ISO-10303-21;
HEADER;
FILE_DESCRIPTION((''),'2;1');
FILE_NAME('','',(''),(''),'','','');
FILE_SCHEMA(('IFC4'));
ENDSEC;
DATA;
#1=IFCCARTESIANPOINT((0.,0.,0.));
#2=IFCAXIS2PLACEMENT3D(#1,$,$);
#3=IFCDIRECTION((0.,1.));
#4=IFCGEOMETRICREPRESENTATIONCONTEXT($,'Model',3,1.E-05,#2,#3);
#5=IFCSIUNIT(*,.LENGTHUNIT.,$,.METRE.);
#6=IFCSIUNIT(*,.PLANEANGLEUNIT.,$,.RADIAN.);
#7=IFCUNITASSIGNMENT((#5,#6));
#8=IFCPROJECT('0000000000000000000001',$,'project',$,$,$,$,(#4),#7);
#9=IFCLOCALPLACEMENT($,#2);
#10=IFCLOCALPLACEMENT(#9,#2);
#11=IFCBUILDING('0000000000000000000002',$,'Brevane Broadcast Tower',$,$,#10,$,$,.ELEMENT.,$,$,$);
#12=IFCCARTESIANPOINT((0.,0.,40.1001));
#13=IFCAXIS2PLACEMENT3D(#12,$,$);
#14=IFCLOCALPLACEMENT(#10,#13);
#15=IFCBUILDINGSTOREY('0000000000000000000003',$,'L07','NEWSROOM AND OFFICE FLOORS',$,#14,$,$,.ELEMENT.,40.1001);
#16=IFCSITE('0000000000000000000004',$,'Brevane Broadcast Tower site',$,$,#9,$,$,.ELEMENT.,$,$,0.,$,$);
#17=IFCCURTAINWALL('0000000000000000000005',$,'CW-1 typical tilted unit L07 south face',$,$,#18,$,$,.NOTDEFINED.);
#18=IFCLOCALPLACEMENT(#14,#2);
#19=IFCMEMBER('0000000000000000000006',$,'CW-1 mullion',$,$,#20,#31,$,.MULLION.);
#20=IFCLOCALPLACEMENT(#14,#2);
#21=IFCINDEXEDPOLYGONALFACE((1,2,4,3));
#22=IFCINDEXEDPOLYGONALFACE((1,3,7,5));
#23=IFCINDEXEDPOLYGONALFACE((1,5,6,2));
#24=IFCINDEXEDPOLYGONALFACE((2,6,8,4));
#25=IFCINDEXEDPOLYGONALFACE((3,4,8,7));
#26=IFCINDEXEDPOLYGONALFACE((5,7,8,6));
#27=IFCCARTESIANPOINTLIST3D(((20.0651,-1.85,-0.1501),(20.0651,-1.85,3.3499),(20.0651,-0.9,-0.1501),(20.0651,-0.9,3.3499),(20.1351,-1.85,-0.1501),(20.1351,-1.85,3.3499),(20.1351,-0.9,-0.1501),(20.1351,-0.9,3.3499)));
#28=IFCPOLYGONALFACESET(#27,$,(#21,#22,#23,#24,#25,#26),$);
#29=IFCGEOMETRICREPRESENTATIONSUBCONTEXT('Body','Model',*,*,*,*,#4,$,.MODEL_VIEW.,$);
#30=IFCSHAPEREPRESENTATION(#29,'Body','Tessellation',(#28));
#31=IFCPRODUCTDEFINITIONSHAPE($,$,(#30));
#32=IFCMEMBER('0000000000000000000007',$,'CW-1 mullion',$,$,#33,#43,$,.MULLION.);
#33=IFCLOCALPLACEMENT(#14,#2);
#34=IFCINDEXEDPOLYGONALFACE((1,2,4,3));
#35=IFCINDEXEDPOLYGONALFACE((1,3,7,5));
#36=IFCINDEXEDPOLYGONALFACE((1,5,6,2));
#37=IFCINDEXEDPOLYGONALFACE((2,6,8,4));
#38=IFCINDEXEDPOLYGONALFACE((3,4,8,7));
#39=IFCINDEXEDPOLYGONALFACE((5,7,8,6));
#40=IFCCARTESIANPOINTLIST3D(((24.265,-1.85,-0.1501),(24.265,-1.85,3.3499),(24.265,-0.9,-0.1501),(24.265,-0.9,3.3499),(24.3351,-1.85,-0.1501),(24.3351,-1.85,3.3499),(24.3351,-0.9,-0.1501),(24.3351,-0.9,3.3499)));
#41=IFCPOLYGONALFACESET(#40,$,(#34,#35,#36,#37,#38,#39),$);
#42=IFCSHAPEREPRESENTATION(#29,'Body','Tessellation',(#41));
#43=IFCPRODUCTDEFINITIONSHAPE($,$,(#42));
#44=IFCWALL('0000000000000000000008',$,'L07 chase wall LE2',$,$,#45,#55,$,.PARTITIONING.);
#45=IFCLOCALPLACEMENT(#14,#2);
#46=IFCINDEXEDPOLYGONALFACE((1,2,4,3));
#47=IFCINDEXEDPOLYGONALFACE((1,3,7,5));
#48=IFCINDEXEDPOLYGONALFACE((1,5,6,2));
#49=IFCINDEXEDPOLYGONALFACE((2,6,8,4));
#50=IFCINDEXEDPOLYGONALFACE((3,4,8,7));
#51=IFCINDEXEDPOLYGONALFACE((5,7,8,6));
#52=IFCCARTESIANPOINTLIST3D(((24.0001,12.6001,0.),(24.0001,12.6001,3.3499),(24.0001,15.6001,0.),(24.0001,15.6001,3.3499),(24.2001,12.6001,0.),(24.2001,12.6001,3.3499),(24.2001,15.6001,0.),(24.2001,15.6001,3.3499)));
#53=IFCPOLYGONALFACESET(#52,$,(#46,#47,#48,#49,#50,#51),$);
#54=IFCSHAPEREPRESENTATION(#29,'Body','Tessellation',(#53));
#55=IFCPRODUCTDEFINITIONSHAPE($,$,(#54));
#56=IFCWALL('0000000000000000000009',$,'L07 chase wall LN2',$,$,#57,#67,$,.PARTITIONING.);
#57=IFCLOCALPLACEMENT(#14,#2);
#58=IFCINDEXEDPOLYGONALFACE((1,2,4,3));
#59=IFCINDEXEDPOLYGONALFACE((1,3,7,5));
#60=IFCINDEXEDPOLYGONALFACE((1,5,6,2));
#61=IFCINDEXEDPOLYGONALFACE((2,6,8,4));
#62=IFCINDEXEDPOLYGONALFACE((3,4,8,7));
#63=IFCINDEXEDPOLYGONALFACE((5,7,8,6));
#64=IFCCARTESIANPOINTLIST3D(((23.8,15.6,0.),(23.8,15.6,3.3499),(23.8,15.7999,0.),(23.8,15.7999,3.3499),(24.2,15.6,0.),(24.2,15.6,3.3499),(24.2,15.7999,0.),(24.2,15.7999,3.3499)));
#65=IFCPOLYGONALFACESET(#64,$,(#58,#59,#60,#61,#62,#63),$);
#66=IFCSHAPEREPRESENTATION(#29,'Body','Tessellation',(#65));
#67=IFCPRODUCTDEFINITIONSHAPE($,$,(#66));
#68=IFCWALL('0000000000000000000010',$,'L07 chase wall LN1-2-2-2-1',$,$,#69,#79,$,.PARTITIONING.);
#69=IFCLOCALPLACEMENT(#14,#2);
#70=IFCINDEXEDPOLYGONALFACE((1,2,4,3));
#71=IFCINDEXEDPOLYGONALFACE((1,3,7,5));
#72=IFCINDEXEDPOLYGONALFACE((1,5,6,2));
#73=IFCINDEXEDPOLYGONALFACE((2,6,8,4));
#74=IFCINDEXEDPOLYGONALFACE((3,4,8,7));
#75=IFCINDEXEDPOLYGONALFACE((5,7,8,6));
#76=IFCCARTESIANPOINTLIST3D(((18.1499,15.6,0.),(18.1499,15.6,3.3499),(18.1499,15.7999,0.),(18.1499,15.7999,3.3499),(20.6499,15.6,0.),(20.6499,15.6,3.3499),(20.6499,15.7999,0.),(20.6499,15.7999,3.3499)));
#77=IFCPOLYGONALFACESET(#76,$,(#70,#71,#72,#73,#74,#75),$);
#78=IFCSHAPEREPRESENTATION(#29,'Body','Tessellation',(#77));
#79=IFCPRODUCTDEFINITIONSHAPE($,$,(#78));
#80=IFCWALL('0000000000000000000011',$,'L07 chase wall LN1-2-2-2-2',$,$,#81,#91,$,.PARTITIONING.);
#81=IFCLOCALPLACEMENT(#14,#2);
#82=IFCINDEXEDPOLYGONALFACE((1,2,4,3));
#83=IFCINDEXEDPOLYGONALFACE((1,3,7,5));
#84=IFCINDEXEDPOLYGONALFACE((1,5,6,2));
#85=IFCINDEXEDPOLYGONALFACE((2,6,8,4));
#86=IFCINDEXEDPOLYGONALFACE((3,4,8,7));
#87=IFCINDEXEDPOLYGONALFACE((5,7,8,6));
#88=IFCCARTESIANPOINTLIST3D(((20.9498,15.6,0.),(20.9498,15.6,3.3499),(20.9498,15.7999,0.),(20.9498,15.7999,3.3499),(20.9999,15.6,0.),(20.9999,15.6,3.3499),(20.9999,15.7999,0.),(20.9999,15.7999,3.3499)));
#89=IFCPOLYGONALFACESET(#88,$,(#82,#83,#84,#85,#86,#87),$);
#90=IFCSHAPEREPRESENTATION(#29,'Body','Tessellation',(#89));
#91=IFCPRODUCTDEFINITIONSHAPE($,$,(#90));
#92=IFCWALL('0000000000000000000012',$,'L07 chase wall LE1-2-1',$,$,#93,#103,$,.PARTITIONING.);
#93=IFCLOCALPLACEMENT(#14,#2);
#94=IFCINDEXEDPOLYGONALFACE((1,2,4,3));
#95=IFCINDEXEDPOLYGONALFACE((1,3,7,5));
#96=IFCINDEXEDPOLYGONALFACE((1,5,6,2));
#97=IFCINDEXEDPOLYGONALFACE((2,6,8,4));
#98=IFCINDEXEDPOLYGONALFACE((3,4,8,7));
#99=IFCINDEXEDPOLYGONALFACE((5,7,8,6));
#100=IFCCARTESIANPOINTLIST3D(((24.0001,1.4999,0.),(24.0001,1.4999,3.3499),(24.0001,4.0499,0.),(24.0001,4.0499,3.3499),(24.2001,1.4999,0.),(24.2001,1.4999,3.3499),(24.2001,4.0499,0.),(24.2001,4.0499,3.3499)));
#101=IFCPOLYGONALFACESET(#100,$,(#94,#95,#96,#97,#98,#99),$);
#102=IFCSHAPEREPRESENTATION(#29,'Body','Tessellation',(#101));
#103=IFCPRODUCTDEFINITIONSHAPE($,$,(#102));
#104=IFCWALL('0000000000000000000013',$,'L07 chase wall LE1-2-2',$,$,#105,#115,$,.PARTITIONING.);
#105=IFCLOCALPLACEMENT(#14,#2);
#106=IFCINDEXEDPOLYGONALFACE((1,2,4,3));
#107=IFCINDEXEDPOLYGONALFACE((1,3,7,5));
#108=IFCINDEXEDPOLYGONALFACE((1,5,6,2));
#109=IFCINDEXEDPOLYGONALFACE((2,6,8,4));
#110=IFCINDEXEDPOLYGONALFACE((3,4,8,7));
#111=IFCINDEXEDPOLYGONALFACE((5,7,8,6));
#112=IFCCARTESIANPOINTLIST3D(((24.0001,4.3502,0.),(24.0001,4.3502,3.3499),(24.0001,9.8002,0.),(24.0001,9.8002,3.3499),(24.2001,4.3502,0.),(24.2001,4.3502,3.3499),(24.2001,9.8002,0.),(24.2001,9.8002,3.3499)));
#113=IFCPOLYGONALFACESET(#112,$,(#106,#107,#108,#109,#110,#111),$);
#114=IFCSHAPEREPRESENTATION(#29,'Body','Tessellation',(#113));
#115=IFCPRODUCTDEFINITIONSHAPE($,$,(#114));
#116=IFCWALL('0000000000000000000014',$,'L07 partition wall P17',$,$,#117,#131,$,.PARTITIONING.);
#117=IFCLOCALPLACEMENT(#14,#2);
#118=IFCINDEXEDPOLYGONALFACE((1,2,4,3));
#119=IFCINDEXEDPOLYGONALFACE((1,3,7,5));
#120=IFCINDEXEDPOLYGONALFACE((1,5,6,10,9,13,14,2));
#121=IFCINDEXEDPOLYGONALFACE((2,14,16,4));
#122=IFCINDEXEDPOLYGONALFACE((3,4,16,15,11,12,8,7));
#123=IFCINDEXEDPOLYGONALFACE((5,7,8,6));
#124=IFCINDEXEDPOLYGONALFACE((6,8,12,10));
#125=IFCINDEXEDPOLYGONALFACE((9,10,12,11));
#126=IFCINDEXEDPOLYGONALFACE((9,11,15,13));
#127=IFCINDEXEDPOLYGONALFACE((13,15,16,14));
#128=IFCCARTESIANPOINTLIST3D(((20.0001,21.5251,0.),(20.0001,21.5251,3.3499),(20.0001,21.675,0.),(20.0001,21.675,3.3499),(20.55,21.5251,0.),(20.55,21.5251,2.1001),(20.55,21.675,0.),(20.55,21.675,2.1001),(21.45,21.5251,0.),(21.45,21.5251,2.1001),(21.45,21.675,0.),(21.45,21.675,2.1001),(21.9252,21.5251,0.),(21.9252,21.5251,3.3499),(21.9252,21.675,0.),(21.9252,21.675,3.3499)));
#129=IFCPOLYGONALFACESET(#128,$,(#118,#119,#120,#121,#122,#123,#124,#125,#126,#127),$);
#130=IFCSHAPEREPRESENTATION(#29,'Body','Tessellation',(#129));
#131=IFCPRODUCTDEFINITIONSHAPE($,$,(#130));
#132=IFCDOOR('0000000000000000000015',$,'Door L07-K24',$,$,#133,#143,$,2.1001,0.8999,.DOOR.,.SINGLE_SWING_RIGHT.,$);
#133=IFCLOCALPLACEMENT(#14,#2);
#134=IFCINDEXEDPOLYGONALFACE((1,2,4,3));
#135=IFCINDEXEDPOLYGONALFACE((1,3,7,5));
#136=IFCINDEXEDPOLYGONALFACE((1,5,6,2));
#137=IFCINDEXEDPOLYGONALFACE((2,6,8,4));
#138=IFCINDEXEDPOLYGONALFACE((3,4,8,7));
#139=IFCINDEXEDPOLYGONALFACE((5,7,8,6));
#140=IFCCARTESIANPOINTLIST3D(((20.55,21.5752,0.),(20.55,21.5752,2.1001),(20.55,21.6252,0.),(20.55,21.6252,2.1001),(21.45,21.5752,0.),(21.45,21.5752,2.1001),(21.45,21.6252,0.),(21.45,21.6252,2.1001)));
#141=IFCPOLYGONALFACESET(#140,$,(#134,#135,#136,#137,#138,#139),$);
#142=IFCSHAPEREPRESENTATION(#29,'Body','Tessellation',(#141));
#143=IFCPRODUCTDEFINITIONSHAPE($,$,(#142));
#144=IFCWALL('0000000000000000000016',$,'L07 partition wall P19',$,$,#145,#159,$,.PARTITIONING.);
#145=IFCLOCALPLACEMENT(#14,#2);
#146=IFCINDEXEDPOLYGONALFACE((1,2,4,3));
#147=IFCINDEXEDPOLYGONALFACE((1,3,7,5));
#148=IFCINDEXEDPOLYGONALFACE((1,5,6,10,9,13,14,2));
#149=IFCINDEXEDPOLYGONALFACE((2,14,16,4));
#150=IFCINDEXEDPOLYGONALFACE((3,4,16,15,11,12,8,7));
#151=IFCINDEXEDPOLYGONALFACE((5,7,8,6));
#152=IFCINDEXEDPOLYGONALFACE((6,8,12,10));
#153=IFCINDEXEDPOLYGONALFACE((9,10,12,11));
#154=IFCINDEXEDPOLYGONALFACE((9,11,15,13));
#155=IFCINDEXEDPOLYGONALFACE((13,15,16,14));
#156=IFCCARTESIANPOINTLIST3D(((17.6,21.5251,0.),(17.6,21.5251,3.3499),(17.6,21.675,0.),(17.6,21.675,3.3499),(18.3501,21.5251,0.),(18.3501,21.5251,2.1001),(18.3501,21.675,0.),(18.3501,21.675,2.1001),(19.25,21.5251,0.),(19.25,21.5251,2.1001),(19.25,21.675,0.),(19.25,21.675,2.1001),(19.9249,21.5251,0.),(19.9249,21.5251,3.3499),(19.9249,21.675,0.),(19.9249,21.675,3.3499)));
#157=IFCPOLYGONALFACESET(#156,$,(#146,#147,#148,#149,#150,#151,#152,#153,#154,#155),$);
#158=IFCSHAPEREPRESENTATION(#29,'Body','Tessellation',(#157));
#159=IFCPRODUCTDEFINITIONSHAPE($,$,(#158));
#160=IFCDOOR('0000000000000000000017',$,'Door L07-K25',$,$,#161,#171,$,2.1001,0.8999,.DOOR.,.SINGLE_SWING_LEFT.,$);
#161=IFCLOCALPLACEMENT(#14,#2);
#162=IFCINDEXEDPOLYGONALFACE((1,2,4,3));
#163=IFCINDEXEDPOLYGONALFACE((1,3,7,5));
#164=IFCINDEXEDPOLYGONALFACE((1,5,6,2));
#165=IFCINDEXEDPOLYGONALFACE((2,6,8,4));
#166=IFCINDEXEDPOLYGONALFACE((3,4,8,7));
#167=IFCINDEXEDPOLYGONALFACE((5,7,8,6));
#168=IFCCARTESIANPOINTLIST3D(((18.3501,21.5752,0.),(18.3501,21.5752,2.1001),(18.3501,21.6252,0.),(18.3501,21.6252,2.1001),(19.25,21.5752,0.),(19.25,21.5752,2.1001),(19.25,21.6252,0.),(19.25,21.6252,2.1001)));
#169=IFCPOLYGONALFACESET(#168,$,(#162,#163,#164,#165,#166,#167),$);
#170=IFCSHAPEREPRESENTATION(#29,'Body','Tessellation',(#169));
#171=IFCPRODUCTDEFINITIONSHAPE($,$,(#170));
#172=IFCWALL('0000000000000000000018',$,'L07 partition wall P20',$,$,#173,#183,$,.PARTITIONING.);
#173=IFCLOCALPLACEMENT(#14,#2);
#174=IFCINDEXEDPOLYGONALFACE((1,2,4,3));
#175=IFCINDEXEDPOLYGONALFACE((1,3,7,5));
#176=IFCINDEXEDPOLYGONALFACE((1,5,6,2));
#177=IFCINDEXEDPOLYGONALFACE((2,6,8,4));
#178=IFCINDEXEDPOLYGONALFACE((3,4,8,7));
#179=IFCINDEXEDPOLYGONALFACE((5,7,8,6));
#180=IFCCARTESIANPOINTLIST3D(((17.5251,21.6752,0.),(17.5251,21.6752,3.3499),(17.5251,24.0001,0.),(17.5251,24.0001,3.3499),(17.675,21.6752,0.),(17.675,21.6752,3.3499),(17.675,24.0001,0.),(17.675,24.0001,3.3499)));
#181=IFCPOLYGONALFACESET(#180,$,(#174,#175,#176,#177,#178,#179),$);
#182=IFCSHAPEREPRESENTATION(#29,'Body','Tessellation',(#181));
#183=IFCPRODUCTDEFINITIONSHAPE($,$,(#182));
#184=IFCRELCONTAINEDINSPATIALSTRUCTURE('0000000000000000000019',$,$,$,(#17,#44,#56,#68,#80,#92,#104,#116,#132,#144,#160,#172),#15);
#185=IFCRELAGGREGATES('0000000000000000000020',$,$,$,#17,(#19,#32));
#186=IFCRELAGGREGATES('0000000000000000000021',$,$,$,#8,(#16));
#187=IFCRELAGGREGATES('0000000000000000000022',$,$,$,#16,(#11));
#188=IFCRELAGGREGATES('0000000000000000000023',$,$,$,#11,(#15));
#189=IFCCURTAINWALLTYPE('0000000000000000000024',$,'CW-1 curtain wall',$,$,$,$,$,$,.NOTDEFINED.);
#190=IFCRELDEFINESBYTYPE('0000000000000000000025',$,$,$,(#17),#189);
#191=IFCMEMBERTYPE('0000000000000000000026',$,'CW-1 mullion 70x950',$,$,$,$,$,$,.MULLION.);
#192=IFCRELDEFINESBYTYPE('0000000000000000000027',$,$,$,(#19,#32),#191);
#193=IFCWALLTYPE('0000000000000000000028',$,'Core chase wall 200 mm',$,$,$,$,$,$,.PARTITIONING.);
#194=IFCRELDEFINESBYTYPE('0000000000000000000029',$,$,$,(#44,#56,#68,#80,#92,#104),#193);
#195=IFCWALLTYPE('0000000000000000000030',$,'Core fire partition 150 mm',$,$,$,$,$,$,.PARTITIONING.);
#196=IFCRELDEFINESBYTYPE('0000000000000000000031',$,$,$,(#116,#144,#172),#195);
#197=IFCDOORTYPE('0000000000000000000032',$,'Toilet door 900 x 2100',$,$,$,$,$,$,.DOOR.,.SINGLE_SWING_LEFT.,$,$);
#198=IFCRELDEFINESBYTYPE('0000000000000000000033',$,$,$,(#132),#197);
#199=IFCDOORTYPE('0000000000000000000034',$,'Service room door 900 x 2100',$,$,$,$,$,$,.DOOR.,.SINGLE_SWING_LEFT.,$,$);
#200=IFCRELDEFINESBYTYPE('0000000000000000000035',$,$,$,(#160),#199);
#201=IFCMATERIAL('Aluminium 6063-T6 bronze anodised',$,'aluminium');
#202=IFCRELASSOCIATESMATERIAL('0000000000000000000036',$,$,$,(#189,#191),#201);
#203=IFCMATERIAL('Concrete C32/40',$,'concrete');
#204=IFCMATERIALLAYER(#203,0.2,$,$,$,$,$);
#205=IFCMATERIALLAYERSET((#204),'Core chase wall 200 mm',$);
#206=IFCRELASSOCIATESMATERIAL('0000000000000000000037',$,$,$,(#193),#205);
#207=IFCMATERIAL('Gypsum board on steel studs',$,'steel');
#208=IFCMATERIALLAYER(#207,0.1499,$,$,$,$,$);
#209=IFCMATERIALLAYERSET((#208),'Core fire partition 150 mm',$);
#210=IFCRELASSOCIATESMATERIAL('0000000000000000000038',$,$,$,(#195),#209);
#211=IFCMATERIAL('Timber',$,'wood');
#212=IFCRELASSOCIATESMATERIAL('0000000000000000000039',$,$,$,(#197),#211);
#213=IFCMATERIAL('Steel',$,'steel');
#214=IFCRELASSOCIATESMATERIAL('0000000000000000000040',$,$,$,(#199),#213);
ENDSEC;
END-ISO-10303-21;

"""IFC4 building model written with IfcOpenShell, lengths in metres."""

from ifc_helpers import new_model, si_unit, direction, frame, frame_2d, origin, origin_2d, place, context, subcontext, project, spatial, rectangle, extrude, material, layer, layer_set, material_profile, profile_set, type_object, element, fill, aggregate, save


model = new_model("IFC4")

# Units and contexts
model_context = context("Model", 3, precision=1e-05, world=origin(), true_north=direction((0.0, 1.0)))
body_context = subcontext(model_context, "Body", "Model", "MODEL_VIEW")
ifc_project = project(units=[si_unit("LENGTHUNIT", "METRE"), si_unit("PLANEANGLEUNIT", "RADIAN")], contexts=[model_context])

# Site, building, storey
site_placement = place(None, origin())
site = spatial("IfcSite", under=ifc_project, at=site_placement, Name="Brevane Broadcast Tower site", CompositionType="ELEMENT", RefElevation=0.0)
building_placement = place(site_placement, origin())
building = spatial("IfcBuilding", under=site, at=building_placement, Name="Brevane Broadcast Tower", CompositionType="ELEMENT")
storey_placement = place(building_placement, frame((0.0, 0.0, 40.1001)))
storey = spatial("IfcBuildingStorey", under=building, at=storey_placement, Name="L07", Description="NEWSROOM AND OFFICE FLOORS", CompositionType="ELEMENT", Elevation=40.1001)

# Curtain wall, members
ifc_material_1 = material(Name="Aluminium 6063-T6 bronze anodised", Category="aluminium")
curtain_wall_type = type_object("IfcCurtainWallType", Name="CW-1 curtain wall", PredefinedType="NOTDEFINED", material=ifc_material_1)
curtain_wall_placement = place(storey_placement, origin())
curtain_wall = element("IfcCurtainWall", 1, at=curtain_wall_placement, inside=storey, type_object=curtain_wall_type, Name="CW-1 typical tilted unit L07 south face", PredefinedType="NOTDEFINED")
ifc_material_profile = material_profile(ifc_material_1, rectangle(XDim=0.95, YDim=0.0701, at=origin_2d()), Name="RECT 70x950")
ifc_profile_set = profile_set([ifc_material_profile], Name="Aluminium 6063-T6 bronze anodised")
member_type = type_object("IfcMemberType", Name="CW-1 mullion 70x950", PredefinedType="MULLION", material=ifc_profile_set)
member_1_placement = place(storey_placement, frame((20.1001, -1.375, -0.1501), z_axis=(0.0, 0.0, 1.0), x_axis=(0.0, 1.0, 0.0)))
member_1 = element("IfcMember", 2, at=member_1_placement, type_object=member_type, Name="CW-1 mullion", PredefinedType="MULLION", context=body_context, shape_type="SweptSolid", body=[
    extrude(rectangle(XDim=0.95, YDim=0.0701, at=origin_2d()), origin(), (0.0, 0.0, 1.0), 3.5),
])
member_2_placement = place(storey_placement, frame((24.3, -1.375, -0.1501), z_axis=(0.0, 0.0, 1.0), x_axis=(0.0, 1.0, 0.0)))
member_2 = element("IfcMember", 3, at=member_2_placement, type_object=member_type, Name="CW-1 mullion", PredefinedType="MULLION", context=body_context, shape_type="SweptSolid", body=[
    extrude(rectangle(XDim=0.95, YDim=0.0701, at=origin_2d()), origin(), (0.0, 0.0, 1.0), 3.5),
])
aggregate(curtain_wall, [member_1, member_2])

# Walls
ifc_material_2 = material(Name="Concrete C32/40", Category="concrete")
ifc_layer_1 = layer(ifc_material_2, 0.2)
ifc_layer_set_1 = layer_set([ifc_layer_1], Name="Core chase wall 200 mm")
wall_type_1 = type_object("IfcWallType", Name="Core chase wall 200 mm", PredefinedType="PARTITIONING", material=ifc_layer_set_1)
wall_1_placement = place(storey_placement, frame((24.1001, 12.6001, 0.0), z_axis=(0.0, 0.0, 1.0), x_axis=(0.0, 1.0, 0.0)))
element("IfcWall", 4, at=wall_1_placement, inside=storey, type_object=wall_type_1, Name="L07 chase wall LE2", PredefinedType="PARTITIONING", context=body_context, shape_type="SweptSolid", body=[
    extrude(rectangle(XDim=3.0, YDim=0.2, at=frame_2d((1.5, 0.0))), origin(), (0.0, 0.0, 1.0), 3.3499),
])
wall_2_placement = place(storey_placement, frame((23.8, 15.7, 0.0), z_axis=(0.0, 0.0, 1.0), x_axis=(1.0, 0.0, 0.0)))
element("IfcWall", 5, at=wall_2_placement, inside=storey, type_object=wall_type_1, Name="L07 chase wall LN2", PredefinedType="PARTITIONING", context=body_context, shape_type="SweptSolid", body=[
    extrude(rectangle(XDim=0.3999, YDim=0.2, at=frame_2d((0.2, 0.0))), origin(), (0.0, 0.0, 1.0), 3.3499),
])
wall_3_placement = place(storey_placement, frame((18.1499, 15.7, 0.0), z_axis=(0.0, 0.0, 1.0), x_axis=(1.0, 0.0, 0.0)))
element("IfcWall", 6, at=wall_3_placement, inside=storey, type_object=wall_type_1, Name="L07 chase wall LN1-2-2-2-1", PredefinedType="PARTITIONING", context=body_context, shape_type="SweptSolid", body=[
    extrude(rectangle(XDim=2.5, YDim=0.2, at=frame_2d((1.25, 0.0))), origin(), (0.0, 0.0, 1.0), 3.3499),
])
wall_4_placement = place(storey_placement, frame((20.95, 15.7, 0.0), z_axis=(0.0, 0.0, 1.0), x_axis=(1.0, 0.0, 0.0)))
element("IfcWall", 7, at=wall_4_placement, inside=storey, type_object=wall_type_1, Name="L07 chase wall LN1-2-2-2-2", PredefinedType="PARTITIONING", context=body_context, shape_type="SweptSolid", body=[
    extrude(rectangle(XDim=0.05, YDim=0.2, at=frame_2d((0.0249, 0.0))), origin(), (0.0, 0.0, 1.0), 3.3499),
])
wall_5_placement = place(storey_placement, frame((24.1001, 1.5, 0.0), z_axis=(0.0, 0.0, 1.0), x_axis=(0.0, 1.0, 0.0)))
element("IfcWall", 8, at=wall_5_placement, inside=storey, type_object=wall_type_1, Name="L07 chase wall LE1-2-1", PredefinedType="PARTITIONING", context=body_context, shape_type="SweptSolid", body=[
    extrude(rectangle(XDim=2.55, YDim=0.2, at=frame_2d((1.2749, 0.0))), origin(), (0.0, 0.0, 1.0), 3.3499),
])
wall_6_placement = place(storey_placement, frame((24.1001, 4.3501, 0.0), z_axis=(0.0, 0.0, 1.0), x_axis=(0.0, 1.0, 0.0)))
element("IfcWall", 9, at=wall_6_placement, inside=storey, type_object=wall_type_1, Name="L07 chase wall LE1-2-2", PredefinedType="PARTITIONING", context=body_context, shape_type="SweptSolid", body=[
    extrude(rectangle(XDim=5.45, YDim=0.2, at=frame_2d((2.7251, 0.0))), origin(), (0.0, 0.0, 1.0), 3.3499),
])

# Walls, openings, doors
ifc_material_3 = material(Name="Gypsum board on steel studs", Category="steel")
ifc_layer_2 = layer(ifc_material_3, 0.1499)
ifc_layer_set_2 = layer_set([ifc_layer_2], Name="Core fire partition 150 mm")
wall_type_2 = type_object("IfcWallType", Name="Core fire partition 150 mm", PredefinedType="PARTITIONING", material=ifc_layer_set_2)
wall_7_placement = place(storey_placement, frame((21.925, 21.6001, 0.0), z_axis=(0.0, 0.0, 1.0), x_axis=(-1.0, 0.0, 0.0)))
wall_7 = element("IfcWall", 10, at=wall_7_placement, inside=storey, type_object=wall_type_2, Name="L07 partition wall P17", PredefinedType="PARTITIONING", context=body_context, shape_type="SweptSolid", body=[
    extrude(rectangle(XDim=1.925, YDim=0.1499, at=frame_2d((0.9624, 0.0))), origin(), (0.0, 0.0, 1.0), 3.3499),
])
opening_1_placement = place(wall_7_placement, frame((0.4751, 0.0, 0.0)))
opening_1 = element("IfcOpeningElement", 11, at=opening_1_placement, cuts=wall_7, PredefinedType="OPENING", context=body_context, shape_type="SweptSolid", body=[
    extrude(rectangle(XDim=0.8999, YDim=2.1001, at=frame_2d((0.45, 1.05))), frame((0.0, 0.085, 0.0), z_axis=(0.0, -1.0, 0.0), x_axis=(1.0, 0.0, 0.0)), (0.0, 0.0, 1.0), 0.1699),
])
ifc_material_4 = material(Name="Timber", Category="wood")
door_type_1 = type_object("IfcDoorType", Name="Toilet door 900 x 2100", OperationType="SINGLE_SWING_LEFT", PredefinedType="DOOR", material=ifc_material_4)
door_1_placement = place(opening_1_placement, origin())
door_1 = element("IfcDoor", 12, at=door_1_placement, inside=storey, type_object=door_type_1, Name="Door L07-K24", OperationType="SINGLE_SWING_RIGHT", OverallHeight=2.1001, OverallWidth=0.8999, PredefinedType="DOOR", context=body_context, shape_type="SweptSolid", body=[
    extrude(rectangle(XDim=0.8999, YDim=2.1001, at=frame_2d((0.45, 1.05))), frame((0.0, 0.0249, 0.0), z_axis=(0.0, -1.0, 0.0), x_axis=(1.0, 0.0, 0.0)), (0.0, 0.0, 1.0), 0.05),
])
fill(opening_1, door_1)
wall_8_placement = place(storey_placement, frame((19.925, 21.6001, 0.0), z_axis=(0.0, 0.0, 1.0), x_axis=(-1.0, 0.0, 0.0)))
wall_8 = element("IfcWall", 13, at=wall_8_placement, inside=storey, type_object=wall_type_2, Name="L07 partition wall P19", PredefinedType="PARTITIONING", context=body_context, shape_type="SweptSolid", body=[
    extrude(rectangle(XDim=2.325, YDim=0.1499, at=frame_2d((1.1626, 0.0))), origin(), (0.0, 0.0, 1.0), 3.3499),
])
opening_2_placement = place(wall_8_placement, frame((0.675, 0.0, 0.0)))
opening_2 = element("IfcOpeningElement", 14, at=opening_2_placement, cuts=wall_8, PredefinedType="OPENING", context=body_context, shape_type="SweptSolid", body=[
    extrude(rectangle(XDim=0.8999, YDim=2.1001, at=frame_2d((0.45, 1.05))), frame((0.0, 0.085, 0.0), z_axis=(0.0, -1.0, 0.0), x_axis=(1.0, 0.0, 0.0)), (0.0, 0.0, 1.0), 0.1699),
])
ifc_material_5 = material(Name="Steel", Category="steel")
door_type_2 = type_object("IfcDoorType", Name="Service room door 900 x 2100", OperationType="SINGLE_SWING_LEFT", PredefinedType="DOOR", material=ifc_material_5)
door_2_placement = place(opening_2_placement, origin())
door_2 = element("IfcDoor", 15, at=door_2_placement, inside=storey, type_object=door_type_2, Name="Door L07-K25", OperationType="SINGLE_SWING_LEFT", OverallHeight=2.1001, OverallWidth=0.8999, PredefinedType="DOOR", context=body_context, shape_type="SweptSolid", body=[
    extrude(rectangle(XDim=0.8999, YDim=2.1001, at=frame_2d((0.45, 1.05))), frame((0.0, 0.0249, 0.0), z_axis=(0.0, -1.0, 0.0), x_axis=(1.0, 0.0, 0.0)), (0.0, 0.0, 1.0), 0.05),
])
fill(opening_2, door_2)

# Wall
wall_9_placement = place(storey_placement, frame((17.6001, 21.675, 0.0), z_axis=(0.0, 0.0, 1.0), x_axis=(0.0, 1.0, 0.0)))
element("IfcWall", 16, at=wall_9_placement, inside=storey, type_object=wall_type_2, Name="L07 partition wall P20", PredefinedType="PARTITIONING", context=body_context, shape_type="SweptSolid", body=[
    extrude(rectangle(XDim=2.325, YDim=0.1499, at=frame_2d((1.1626, 0.0))), origin(), (0.0, 0.0, 1.0), 3.3499),
])

save(model, "model.ifc")
